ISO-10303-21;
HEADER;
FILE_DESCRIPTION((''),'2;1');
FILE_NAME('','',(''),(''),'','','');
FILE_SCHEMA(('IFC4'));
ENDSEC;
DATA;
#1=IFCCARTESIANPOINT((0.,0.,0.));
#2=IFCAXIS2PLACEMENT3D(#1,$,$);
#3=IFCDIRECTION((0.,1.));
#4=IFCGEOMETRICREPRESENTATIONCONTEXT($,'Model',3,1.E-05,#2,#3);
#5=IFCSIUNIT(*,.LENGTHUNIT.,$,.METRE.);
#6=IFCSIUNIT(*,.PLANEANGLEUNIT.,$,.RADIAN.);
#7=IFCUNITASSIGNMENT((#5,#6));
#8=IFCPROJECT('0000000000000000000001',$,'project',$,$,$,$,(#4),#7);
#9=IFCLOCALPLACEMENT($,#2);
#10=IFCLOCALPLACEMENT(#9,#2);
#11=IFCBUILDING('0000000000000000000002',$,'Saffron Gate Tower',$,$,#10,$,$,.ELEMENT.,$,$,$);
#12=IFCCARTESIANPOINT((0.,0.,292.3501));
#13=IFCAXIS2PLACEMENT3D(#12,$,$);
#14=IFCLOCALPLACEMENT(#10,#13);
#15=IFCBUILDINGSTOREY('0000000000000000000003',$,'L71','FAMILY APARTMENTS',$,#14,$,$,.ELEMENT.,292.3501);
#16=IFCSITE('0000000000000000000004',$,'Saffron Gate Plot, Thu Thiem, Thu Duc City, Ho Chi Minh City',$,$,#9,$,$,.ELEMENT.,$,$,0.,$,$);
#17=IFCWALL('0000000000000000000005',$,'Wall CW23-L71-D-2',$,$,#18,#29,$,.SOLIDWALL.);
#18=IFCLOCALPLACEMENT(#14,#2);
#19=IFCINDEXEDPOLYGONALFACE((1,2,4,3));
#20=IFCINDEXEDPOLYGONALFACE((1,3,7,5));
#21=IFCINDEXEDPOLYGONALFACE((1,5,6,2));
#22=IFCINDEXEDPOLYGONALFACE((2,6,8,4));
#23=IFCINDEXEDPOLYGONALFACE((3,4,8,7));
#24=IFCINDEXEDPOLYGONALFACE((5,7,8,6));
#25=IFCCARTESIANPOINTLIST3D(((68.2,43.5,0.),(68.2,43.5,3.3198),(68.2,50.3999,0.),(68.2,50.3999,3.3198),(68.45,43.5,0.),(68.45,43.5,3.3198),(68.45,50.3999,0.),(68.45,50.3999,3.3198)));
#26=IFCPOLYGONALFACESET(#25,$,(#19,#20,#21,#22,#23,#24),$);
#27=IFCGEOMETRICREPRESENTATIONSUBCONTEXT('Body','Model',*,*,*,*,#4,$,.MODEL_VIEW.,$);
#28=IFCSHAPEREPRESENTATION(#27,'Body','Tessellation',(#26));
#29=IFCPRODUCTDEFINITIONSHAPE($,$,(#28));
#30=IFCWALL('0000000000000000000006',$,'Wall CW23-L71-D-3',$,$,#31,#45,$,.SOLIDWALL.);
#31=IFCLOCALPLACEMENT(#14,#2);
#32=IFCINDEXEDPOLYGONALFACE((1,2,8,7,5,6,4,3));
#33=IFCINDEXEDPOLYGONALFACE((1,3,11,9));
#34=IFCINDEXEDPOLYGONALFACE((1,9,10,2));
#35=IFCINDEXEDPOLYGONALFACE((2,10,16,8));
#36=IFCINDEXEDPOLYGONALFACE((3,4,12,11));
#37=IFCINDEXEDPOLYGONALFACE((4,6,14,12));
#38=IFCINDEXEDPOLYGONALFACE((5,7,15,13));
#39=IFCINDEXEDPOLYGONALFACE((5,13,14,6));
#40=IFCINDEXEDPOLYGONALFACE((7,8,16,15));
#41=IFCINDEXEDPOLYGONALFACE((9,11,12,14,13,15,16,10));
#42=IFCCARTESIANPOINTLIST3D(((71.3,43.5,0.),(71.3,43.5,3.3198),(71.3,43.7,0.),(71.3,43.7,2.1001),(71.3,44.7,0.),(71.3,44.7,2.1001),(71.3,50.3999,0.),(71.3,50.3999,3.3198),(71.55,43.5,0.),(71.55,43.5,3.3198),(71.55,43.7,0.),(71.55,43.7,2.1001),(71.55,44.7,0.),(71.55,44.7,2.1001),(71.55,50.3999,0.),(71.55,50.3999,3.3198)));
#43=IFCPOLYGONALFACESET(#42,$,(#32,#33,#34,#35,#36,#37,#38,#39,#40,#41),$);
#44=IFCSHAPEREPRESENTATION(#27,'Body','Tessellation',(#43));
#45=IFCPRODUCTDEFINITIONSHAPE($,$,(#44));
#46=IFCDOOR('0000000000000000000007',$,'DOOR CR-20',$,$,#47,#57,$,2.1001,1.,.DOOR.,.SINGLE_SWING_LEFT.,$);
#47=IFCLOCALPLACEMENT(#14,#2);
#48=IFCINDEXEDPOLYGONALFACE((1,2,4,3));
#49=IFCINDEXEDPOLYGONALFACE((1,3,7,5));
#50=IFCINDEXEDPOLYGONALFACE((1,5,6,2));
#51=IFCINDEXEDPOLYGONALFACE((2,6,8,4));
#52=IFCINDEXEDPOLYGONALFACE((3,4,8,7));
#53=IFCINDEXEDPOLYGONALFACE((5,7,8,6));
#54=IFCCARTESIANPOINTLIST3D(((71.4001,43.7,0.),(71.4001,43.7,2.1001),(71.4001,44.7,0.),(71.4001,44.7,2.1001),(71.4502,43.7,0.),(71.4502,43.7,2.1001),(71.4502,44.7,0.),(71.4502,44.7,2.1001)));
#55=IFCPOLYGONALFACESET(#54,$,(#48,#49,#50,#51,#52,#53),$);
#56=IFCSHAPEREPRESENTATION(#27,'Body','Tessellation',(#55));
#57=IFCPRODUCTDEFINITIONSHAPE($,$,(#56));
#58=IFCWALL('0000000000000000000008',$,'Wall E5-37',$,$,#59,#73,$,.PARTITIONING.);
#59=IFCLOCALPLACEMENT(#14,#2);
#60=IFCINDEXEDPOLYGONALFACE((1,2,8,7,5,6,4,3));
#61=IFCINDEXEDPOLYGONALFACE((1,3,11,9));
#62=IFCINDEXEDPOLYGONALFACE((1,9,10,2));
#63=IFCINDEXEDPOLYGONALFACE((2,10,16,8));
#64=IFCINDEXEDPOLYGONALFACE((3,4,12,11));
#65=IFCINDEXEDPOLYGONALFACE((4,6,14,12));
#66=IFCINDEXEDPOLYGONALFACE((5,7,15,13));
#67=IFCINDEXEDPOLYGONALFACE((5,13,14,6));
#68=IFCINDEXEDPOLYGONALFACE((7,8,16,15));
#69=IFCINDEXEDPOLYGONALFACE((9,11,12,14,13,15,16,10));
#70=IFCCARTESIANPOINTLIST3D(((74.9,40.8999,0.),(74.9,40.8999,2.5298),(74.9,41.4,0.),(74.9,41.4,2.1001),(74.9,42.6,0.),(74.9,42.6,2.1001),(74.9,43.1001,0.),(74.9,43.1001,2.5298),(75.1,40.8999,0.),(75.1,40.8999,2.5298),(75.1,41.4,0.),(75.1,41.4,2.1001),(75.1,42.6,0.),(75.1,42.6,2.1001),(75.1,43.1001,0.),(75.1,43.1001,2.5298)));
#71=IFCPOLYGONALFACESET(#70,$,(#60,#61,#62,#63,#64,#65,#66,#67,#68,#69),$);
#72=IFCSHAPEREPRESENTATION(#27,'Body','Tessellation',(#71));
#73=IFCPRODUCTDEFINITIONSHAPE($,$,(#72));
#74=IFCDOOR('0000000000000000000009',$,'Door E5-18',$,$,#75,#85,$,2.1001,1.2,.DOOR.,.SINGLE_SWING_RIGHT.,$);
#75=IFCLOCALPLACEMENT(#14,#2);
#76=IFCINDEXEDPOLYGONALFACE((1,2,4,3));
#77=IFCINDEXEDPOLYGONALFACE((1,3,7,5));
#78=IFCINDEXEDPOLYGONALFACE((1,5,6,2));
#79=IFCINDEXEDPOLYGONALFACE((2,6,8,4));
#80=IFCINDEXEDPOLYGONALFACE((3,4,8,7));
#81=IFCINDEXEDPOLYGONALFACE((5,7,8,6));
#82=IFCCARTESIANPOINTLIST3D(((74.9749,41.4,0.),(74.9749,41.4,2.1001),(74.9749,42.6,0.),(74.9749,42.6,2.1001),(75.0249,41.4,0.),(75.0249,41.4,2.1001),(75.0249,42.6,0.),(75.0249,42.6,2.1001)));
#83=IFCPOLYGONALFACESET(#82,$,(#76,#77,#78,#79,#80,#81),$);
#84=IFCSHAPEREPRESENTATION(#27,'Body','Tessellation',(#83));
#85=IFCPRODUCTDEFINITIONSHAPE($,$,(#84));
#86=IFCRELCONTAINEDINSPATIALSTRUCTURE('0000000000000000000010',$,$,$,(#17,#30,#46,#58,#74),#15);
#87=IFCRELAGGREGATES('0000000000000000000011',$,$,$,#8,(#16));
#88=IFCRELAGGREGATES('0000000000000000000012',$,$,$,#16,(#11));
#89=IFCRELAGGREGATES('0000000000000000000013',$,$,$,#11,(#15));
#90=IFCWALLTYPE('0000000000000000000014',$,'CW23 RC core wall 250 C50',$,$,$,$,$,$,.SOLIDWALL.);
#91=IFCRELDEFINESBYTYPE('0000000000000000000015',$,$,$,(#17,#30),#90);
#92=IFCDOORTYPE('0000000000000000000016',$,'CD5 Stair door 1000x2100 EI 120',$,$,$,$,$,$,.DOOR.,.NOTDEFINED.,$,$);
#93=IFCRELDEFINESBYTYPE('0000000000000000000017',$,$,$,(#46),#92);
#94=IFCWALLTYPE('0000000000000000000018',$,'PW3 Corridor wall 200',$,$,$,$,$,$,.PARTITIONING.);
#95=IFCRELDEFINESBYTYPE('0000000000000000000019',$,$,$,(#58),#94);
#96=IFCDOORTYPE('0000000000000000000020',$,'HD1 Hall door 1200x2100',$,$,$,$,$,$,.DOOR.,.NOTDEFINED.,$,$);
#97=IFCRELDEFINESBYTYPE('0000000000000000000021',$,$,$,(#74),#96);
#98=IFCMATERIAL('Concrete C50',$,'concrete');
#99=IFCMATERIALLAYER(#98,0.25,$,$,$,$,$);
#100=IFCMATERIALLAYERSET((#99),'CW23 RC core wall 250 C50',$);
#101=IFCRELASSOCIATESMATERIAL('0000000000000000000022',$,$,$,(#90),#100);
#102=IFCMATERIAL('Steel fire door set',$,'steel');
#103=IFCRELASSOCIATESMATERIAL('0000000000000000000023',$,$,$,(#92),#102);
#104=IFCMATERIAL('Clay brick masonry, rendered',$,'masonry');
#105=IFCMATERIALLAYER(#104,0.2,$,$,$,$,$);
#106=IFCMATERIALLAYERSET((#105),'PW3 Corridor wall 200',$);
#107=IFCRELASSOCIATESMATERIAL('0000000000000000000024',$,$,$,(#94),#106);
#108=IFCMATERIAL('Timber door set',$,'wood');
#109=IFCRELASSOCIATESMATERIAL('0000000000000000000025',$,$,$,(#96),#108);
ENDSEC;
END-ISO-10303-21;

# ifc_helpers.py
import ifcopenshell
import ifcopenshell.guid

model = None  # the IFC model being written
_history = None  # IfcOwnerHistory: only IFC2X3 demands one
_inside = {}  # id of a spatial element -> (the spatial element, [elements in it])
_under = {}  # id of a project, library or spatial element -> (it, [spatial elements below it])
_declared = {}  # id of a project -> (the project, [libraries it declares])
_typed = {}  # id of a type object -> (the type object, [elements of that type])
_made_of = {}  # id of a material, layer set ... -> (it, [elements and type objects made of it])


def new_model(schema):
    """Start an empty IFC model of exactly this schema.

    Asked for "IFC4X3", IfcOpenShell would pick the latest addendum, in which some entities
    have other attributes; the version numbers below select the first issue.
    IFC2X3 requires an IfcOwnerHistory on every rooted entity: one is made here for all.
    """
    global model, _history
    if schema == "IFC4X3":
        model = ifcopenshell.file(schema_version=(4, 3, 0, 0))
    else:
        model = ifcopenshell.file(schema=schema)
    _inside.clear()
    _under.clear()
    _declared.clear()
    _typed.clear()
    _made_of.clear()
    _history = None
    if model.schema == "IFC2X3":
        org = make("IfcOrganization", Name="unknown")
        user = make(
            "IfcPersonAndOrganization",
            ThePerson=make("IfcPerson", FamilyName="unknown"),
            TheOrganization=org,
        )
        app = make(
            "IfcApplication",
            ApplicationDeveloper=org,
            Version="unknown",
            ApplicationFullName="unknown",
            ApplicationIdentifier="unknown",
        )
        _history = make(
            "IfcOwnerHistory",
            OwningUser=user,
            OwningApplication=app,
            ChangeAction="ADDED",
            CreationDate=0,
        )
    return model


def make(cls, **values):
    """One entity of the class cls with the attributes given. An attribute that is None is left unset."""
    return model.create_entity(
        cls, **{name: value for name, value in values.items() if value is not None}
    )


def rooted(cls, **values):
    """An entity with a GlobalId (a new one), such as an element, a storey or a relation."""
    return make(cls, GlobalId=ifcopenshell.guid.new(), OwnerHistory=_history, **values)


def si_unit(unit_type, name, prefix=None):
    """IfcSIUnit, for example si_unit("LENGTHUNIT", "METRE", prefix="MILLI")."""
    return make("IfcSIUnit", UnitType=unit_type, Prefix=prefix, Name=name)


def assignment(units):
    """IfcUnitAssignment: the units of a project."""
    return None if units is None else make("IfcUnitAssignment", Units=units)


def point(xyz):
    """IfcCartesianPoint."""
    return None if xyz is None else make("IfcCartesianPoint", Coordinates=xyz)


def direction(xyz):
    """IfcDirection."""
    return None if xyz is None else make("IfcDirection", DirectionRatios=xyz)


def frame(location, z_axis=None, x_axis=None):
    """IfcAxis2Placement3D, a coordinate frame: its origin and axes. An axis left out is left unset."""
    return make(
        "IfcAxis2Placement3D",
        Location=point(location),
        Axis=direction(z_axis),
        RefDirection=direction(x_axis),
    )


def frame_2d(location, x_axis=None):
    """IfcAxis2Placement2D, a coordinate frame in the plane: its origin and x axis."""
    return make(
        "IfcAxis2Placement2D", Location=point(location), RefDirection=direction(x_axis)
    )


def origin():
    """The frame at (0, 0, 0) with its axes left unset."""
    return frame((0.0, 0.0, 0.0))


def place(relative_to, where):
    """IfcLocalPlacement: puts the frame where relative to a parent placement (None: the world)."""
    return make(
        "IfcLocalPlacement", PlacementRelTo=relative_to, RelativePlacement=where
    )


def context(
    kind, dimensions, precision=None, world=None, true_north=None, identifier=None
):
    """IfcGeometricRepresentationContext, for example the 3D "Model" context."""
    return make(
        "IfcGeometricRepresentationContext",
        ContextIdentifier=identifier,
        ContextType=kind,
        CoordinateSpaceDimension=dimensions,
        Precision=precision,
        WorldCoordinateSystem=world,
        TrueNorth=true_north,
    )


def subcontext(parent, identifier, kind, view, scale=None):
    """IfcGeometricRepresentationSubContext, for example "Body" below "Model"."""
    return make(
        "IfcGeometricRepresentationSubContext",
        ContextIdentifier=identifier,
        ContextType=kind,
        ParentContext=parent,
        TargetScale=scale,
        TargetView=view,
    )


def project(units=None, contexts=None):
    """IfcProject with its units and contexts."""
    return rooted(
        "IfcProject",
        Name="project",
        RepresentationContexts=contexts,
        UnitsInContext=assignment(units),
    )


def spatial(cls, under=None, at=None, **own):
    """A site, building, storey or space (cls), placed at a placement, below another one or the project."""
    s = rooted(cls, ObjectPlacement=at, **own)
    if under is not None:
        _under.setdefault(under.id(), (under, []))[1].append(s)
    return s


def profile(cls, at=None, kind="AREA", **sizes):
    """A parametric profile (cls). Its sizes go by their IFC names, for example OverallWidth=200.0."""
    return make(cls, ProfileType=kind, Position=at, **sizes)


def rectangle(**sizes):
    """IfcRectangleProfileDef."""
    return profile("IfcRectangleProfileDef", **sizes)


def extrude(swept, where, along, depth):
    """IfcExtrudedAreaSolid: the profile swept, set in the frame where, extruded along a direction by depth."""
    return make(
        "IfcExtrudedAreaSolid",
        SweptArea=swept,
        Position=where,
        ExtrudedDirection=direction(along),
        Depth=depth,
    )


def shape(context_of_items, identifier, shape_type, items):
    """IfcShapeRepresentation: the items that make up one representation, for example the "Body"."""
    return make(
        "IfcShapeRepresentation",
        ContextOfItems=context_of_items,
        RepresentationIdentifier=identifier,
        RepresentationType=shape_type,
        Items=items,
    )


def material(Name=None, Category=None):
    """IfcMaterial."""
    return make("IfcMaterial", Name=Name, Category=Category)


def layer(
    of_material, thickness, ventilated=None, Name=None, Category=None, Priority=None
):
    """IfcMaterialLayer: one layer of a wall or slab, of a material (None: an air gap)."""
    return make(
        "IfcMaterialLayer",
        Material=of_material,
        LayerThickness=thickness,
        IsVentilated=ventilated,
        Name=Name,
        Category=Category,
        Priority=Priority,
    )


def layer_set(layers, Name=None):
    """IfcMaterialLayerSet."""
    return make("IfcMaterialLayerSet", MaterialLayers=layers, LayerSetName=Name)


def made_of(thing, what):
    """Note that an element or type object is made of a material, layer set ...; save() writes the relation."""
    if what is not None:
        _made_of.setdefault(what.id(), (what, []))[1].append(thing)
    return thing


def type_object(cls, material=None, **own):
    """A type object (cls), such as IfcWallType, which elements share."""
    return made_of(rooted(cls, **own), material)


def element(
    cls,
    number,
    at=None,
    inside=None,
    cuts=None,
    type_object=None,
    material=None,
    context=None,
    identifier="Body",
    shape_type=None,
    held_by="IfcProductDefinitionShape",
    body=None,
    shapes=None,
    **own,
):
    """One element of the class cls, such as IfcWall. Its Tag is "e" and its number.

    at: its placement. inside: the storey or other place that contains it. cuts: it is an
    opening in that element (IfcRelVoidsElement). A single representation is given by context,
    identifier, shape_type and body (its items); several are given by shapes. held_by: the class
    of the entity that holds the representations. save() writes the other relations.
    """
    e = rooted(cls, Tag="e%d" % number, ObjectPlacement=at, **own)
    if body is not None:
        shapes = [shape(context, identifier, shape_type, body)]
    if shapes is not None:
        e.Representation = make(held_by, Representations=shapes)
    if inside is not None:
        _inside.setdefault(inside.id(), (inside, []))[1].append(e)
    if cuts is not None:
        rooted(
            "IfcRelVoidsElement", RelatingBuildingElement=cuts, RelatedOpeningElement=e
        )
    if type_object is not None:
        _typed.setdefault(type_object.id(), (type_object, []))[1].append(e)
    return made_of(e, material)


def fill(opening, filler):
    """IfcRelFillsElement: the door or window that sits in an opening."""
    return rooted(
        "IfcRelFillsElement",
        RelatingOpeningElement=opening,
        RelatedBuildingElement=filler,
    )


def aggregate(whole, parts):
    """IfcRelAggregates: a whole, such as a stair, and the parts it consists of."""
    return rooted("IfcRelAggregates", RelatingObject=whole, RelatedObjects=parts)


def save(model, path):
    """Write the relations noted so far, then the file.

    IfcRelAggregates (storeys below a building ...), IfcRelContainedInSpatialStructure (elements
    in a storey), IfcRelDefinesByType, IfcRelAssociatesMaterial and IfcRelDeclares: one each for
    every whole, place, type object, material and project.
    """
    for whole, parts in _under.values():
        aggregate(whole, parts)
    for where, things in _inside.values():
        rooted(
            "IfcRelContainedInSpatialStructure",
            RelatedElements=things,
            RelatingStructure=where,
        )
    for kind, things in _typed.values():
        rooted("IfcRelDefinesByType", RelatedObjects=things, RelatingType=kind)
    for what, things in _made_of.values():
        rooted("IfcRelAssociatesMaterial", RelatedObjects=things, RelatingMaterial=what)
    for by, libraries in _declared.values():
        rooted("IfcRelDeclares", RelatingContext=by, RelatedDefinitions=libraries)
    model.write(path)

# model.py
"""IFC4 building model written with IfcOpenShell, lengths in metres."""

from ifc_helpers import new_model, si_unit, direction, frame, frame_2d, origin, place, context, subcontext, project, spatial, rectangle, extrude, material, layer, layer_set, type_object, element, fill, save


model = new_model("IFC4")

# Units and contexts
model_context = context("Model", 3, precision=1e-05, world=origin(), true_north=direction((0.0, 1.0)))
body_context = subcontext(model_context, "Body", "Model", "MODEL_VIEW")
ifc_project = project(units=[si_unit("LENGTHUNIT", "METRE"), si_unit("PLANEANGLEUNIT", "RADIAN")], contexts=[model_context])

# Site, building, storey
site_placement = place(None, origin())
site = spatial("IfcSite", under=ifc_project, at=site_placement, Name="Saffron Gate Plot, Thu Thiem, Thu Duc City, Ho Chi Minh City", CompositionType="ELEMENT", RefElevation=0.0)
building_placement = place(site_placement, origin())
building = spatial("IfcBuilding", under=site, at=building_placement, Name="Saffron Gate Tower", CompositionType="ELEMENT")
storey_placement = place(building_placement, frame((0.0, 0.0, 292.3501)))
storey = spatial("IfcBuildingStorey", under=building, at=storey_placement, Name="L71", Description="FAMILY APARTMENTS", CompositionType="ELEMENT", Elevation=292.3501)

# Shared definitions
ifc_material_1 = material(Name="Steel fire door set", Category="steel")

# Wall
ifc_material_2 = material(Name="Concrete C50", Category="concrete")
ifc_layer_1 = layer(ifc_material_2, 0.25)
ifc_layer_set_1 = layer_set([ifc_layer_1], Name="CW23 RC core wall 250 C50")
wall_type_1 = type_object("IfcWallType", Name="CW23 RC core wall 250 C50", PredefinedType="SOLIDWALL", material=ifc_layer_set_1)
wall_1_placement = place(storey_placement, frame((68.325, 43.5, 0.0), z_axis=(0.0, 0.0, 1.0), x_axis=(0.0, 1.0, 0.0)))
element("IfcWall", 1, at=wall_1_placement, inside=storey, type_object=wall_type_1, Name="Wall CW23-L71-D-2", PredefinedType="SOLIDWALL", context=body_context, shape_type="SweptSolid", body=[
    extrude(rectangle(XDim=6.8999, YDim=0.25, at=frame_2d((3.45, 0.0))), origin(), (0.0, 0.0, 1.0), 3.3198),
])

# Walls, openings, doors
wall_2_placement = place(storey_placement, frame((71.425, 43.5, 0.0), z_axis=(0.0, 0.0, 1.0), x_axis=(0.0, 1.0, 0.0)))
wall_2 = element("IfcWall", 2, at=wall_2_placement, inside=storey, type_object=wall_type_1, Name="Wall CW23-L71-D-3", PredefinedType="SOLIDWALL", context=body_context, shape_type="SweptSolid", body=[
    extrude(rectangle(XDim=6.8999, YDim=0.25, at=frame_2d((3.45, 0.0))), origin(), (0.0, 0.0, 1.0), 3.3198),
])
opening_1_placement = place(wall_2_placement, frame((0.2, 0.0, 0.0)))
opening_1 = element("IfcOpeningElement", 3, at=opening_1_placement, cuts=wall_2, PredefinedType="OPENING", context=body_context, shape_type="SweptSolid", body=[
    extrude(rectangle(XDim=1.0, YDim=2.1001, at=frame_2d((0.5, 1.05))), frame((0.0, 0.135, 0.0), z_axis=(0.0, -1.0, 0.0), x_axis=(1.0, 0.0, 0.0)), (0.0, 0.0, 1.0), 0.27),
])
door_type_1 = type_object("IfcDoorType", Name="CD5 Stair door 1000x2100 EI 120", OperationType="NOTDEFINED", PredefinedType="DOOR", material=ifc_material_1)
door_1_placement = place(opening_1_placement, origin())
door_1 = element("IfcDoor", 4, at=door_1_placement, inside=storey, type_object=door_type_1, Name="DOOR CR-20", OperationType="SINGLE_SWING_LEFT", OverallHeight=2.1001, OverallWidth=1.0, PredefinedType="DOOR", context=body_context, shape_type="SweptSolid", body=[
    extrude(rectangle(XDim=1.0, YDim=2.1001, at=frame_2d((0.5, 1.05))), frame((0.0, 0.0249, 0.0), z_axis=(0.0, -1.0, 0.0), x_axis=(1.0, 0.0, 0.0)), (0.0, 0.0, 1.0), 0.05),
])
fill(opening_1, door_1)
ifc_material_3 = material(Name="Clay brick masonry, rendered", Category="masonry")
ifc_layer_2 = layer(ifc_material_3, 0.2)
ifc_layer_set_2 = layer_set([ifc_layer_2], Name="PW3 Corridor wall 200")
wall_type_2 = type_object("IfcWallType", Name="PW3 Corridor wall 200", PredefinedType="PARTITIONING", material=ifc_layer_set_2)
wall_3_placement = place(storey_placement, frame((75.0, 43.1001, 0.0), z_axis=(0.0, 0.0, 1.0), x_axis=(0.0, -1.0, 0.0)))
wall_3 = element("IfcWall", 5, at=wall_3_placement, inside=storey, type_object=wall_type_2, Name="Wall E5-37", PredefinedType="PARTITIONING", context=body_context, shape_type="SweptSolid", body=[
    extrude(rectangle(XDim=2.2002, YDim=0.2, at=frame_2d((1.1001, 0.0))), origin(), (0.0, 0.0, 1.0), 2.5298),
])
opening_2_placement = place(wall_3_placement, frame((0.5, 0.0, 0.0)))
opening_2 = element("IfcOpeningElement", 6, at=opening_2_placement, cuts=wall_3, PredefinedType="OPENING", context=body_context, shape_type="SweptSolid", body=[
    extrude(rectangle(XDim=1.2, YDim=2.1001, at=frame_2d((0.6001, 1.05))), frame((0.0, 0.1099, 0.0), z_axis=(0.0, -1.0, 0.0), x_axis=(1.0, 0.0, 0.0)), (0.0, 0.0, 1.0), 0.22),
])
ifc_material_4 = material(Name="Timber door set", Category="wood")
door_type_2 = type_object("IfcDoorType", Name="HD1 Hall door 1200x2100", OperationType="NOTDEFINED", PredefinedType="DOOR", material=ifc_material_4)
door_2_placement = place(opening_2_placement, origin())
door_2 = element("IfcDoor", 7, at=door_2_placement, inside=storey, type_object=door_type_2, Name="Door E5-18", OperationType="SINGLE_SWING_RIGHT", OverallHeight=2.1001, OverallWidth=1.2, PredefinedType="DOOR", context=body_context, shape_type="SweptSolid", body=[
    extrude(rectangle(XDim=1.2, YDim=2.1001, at=frame_2d((0.6001, 1.05))), frame((0.0, 0.0249, 0.0), z_axis=(0.0, -1.0, 0.0), x_axis=(1.0, 0.0, 0.0)), (0.0, 0.0, 1.0), 0.05),
])
fill(opening_2, door_2)

save(model, "model.ifc")
